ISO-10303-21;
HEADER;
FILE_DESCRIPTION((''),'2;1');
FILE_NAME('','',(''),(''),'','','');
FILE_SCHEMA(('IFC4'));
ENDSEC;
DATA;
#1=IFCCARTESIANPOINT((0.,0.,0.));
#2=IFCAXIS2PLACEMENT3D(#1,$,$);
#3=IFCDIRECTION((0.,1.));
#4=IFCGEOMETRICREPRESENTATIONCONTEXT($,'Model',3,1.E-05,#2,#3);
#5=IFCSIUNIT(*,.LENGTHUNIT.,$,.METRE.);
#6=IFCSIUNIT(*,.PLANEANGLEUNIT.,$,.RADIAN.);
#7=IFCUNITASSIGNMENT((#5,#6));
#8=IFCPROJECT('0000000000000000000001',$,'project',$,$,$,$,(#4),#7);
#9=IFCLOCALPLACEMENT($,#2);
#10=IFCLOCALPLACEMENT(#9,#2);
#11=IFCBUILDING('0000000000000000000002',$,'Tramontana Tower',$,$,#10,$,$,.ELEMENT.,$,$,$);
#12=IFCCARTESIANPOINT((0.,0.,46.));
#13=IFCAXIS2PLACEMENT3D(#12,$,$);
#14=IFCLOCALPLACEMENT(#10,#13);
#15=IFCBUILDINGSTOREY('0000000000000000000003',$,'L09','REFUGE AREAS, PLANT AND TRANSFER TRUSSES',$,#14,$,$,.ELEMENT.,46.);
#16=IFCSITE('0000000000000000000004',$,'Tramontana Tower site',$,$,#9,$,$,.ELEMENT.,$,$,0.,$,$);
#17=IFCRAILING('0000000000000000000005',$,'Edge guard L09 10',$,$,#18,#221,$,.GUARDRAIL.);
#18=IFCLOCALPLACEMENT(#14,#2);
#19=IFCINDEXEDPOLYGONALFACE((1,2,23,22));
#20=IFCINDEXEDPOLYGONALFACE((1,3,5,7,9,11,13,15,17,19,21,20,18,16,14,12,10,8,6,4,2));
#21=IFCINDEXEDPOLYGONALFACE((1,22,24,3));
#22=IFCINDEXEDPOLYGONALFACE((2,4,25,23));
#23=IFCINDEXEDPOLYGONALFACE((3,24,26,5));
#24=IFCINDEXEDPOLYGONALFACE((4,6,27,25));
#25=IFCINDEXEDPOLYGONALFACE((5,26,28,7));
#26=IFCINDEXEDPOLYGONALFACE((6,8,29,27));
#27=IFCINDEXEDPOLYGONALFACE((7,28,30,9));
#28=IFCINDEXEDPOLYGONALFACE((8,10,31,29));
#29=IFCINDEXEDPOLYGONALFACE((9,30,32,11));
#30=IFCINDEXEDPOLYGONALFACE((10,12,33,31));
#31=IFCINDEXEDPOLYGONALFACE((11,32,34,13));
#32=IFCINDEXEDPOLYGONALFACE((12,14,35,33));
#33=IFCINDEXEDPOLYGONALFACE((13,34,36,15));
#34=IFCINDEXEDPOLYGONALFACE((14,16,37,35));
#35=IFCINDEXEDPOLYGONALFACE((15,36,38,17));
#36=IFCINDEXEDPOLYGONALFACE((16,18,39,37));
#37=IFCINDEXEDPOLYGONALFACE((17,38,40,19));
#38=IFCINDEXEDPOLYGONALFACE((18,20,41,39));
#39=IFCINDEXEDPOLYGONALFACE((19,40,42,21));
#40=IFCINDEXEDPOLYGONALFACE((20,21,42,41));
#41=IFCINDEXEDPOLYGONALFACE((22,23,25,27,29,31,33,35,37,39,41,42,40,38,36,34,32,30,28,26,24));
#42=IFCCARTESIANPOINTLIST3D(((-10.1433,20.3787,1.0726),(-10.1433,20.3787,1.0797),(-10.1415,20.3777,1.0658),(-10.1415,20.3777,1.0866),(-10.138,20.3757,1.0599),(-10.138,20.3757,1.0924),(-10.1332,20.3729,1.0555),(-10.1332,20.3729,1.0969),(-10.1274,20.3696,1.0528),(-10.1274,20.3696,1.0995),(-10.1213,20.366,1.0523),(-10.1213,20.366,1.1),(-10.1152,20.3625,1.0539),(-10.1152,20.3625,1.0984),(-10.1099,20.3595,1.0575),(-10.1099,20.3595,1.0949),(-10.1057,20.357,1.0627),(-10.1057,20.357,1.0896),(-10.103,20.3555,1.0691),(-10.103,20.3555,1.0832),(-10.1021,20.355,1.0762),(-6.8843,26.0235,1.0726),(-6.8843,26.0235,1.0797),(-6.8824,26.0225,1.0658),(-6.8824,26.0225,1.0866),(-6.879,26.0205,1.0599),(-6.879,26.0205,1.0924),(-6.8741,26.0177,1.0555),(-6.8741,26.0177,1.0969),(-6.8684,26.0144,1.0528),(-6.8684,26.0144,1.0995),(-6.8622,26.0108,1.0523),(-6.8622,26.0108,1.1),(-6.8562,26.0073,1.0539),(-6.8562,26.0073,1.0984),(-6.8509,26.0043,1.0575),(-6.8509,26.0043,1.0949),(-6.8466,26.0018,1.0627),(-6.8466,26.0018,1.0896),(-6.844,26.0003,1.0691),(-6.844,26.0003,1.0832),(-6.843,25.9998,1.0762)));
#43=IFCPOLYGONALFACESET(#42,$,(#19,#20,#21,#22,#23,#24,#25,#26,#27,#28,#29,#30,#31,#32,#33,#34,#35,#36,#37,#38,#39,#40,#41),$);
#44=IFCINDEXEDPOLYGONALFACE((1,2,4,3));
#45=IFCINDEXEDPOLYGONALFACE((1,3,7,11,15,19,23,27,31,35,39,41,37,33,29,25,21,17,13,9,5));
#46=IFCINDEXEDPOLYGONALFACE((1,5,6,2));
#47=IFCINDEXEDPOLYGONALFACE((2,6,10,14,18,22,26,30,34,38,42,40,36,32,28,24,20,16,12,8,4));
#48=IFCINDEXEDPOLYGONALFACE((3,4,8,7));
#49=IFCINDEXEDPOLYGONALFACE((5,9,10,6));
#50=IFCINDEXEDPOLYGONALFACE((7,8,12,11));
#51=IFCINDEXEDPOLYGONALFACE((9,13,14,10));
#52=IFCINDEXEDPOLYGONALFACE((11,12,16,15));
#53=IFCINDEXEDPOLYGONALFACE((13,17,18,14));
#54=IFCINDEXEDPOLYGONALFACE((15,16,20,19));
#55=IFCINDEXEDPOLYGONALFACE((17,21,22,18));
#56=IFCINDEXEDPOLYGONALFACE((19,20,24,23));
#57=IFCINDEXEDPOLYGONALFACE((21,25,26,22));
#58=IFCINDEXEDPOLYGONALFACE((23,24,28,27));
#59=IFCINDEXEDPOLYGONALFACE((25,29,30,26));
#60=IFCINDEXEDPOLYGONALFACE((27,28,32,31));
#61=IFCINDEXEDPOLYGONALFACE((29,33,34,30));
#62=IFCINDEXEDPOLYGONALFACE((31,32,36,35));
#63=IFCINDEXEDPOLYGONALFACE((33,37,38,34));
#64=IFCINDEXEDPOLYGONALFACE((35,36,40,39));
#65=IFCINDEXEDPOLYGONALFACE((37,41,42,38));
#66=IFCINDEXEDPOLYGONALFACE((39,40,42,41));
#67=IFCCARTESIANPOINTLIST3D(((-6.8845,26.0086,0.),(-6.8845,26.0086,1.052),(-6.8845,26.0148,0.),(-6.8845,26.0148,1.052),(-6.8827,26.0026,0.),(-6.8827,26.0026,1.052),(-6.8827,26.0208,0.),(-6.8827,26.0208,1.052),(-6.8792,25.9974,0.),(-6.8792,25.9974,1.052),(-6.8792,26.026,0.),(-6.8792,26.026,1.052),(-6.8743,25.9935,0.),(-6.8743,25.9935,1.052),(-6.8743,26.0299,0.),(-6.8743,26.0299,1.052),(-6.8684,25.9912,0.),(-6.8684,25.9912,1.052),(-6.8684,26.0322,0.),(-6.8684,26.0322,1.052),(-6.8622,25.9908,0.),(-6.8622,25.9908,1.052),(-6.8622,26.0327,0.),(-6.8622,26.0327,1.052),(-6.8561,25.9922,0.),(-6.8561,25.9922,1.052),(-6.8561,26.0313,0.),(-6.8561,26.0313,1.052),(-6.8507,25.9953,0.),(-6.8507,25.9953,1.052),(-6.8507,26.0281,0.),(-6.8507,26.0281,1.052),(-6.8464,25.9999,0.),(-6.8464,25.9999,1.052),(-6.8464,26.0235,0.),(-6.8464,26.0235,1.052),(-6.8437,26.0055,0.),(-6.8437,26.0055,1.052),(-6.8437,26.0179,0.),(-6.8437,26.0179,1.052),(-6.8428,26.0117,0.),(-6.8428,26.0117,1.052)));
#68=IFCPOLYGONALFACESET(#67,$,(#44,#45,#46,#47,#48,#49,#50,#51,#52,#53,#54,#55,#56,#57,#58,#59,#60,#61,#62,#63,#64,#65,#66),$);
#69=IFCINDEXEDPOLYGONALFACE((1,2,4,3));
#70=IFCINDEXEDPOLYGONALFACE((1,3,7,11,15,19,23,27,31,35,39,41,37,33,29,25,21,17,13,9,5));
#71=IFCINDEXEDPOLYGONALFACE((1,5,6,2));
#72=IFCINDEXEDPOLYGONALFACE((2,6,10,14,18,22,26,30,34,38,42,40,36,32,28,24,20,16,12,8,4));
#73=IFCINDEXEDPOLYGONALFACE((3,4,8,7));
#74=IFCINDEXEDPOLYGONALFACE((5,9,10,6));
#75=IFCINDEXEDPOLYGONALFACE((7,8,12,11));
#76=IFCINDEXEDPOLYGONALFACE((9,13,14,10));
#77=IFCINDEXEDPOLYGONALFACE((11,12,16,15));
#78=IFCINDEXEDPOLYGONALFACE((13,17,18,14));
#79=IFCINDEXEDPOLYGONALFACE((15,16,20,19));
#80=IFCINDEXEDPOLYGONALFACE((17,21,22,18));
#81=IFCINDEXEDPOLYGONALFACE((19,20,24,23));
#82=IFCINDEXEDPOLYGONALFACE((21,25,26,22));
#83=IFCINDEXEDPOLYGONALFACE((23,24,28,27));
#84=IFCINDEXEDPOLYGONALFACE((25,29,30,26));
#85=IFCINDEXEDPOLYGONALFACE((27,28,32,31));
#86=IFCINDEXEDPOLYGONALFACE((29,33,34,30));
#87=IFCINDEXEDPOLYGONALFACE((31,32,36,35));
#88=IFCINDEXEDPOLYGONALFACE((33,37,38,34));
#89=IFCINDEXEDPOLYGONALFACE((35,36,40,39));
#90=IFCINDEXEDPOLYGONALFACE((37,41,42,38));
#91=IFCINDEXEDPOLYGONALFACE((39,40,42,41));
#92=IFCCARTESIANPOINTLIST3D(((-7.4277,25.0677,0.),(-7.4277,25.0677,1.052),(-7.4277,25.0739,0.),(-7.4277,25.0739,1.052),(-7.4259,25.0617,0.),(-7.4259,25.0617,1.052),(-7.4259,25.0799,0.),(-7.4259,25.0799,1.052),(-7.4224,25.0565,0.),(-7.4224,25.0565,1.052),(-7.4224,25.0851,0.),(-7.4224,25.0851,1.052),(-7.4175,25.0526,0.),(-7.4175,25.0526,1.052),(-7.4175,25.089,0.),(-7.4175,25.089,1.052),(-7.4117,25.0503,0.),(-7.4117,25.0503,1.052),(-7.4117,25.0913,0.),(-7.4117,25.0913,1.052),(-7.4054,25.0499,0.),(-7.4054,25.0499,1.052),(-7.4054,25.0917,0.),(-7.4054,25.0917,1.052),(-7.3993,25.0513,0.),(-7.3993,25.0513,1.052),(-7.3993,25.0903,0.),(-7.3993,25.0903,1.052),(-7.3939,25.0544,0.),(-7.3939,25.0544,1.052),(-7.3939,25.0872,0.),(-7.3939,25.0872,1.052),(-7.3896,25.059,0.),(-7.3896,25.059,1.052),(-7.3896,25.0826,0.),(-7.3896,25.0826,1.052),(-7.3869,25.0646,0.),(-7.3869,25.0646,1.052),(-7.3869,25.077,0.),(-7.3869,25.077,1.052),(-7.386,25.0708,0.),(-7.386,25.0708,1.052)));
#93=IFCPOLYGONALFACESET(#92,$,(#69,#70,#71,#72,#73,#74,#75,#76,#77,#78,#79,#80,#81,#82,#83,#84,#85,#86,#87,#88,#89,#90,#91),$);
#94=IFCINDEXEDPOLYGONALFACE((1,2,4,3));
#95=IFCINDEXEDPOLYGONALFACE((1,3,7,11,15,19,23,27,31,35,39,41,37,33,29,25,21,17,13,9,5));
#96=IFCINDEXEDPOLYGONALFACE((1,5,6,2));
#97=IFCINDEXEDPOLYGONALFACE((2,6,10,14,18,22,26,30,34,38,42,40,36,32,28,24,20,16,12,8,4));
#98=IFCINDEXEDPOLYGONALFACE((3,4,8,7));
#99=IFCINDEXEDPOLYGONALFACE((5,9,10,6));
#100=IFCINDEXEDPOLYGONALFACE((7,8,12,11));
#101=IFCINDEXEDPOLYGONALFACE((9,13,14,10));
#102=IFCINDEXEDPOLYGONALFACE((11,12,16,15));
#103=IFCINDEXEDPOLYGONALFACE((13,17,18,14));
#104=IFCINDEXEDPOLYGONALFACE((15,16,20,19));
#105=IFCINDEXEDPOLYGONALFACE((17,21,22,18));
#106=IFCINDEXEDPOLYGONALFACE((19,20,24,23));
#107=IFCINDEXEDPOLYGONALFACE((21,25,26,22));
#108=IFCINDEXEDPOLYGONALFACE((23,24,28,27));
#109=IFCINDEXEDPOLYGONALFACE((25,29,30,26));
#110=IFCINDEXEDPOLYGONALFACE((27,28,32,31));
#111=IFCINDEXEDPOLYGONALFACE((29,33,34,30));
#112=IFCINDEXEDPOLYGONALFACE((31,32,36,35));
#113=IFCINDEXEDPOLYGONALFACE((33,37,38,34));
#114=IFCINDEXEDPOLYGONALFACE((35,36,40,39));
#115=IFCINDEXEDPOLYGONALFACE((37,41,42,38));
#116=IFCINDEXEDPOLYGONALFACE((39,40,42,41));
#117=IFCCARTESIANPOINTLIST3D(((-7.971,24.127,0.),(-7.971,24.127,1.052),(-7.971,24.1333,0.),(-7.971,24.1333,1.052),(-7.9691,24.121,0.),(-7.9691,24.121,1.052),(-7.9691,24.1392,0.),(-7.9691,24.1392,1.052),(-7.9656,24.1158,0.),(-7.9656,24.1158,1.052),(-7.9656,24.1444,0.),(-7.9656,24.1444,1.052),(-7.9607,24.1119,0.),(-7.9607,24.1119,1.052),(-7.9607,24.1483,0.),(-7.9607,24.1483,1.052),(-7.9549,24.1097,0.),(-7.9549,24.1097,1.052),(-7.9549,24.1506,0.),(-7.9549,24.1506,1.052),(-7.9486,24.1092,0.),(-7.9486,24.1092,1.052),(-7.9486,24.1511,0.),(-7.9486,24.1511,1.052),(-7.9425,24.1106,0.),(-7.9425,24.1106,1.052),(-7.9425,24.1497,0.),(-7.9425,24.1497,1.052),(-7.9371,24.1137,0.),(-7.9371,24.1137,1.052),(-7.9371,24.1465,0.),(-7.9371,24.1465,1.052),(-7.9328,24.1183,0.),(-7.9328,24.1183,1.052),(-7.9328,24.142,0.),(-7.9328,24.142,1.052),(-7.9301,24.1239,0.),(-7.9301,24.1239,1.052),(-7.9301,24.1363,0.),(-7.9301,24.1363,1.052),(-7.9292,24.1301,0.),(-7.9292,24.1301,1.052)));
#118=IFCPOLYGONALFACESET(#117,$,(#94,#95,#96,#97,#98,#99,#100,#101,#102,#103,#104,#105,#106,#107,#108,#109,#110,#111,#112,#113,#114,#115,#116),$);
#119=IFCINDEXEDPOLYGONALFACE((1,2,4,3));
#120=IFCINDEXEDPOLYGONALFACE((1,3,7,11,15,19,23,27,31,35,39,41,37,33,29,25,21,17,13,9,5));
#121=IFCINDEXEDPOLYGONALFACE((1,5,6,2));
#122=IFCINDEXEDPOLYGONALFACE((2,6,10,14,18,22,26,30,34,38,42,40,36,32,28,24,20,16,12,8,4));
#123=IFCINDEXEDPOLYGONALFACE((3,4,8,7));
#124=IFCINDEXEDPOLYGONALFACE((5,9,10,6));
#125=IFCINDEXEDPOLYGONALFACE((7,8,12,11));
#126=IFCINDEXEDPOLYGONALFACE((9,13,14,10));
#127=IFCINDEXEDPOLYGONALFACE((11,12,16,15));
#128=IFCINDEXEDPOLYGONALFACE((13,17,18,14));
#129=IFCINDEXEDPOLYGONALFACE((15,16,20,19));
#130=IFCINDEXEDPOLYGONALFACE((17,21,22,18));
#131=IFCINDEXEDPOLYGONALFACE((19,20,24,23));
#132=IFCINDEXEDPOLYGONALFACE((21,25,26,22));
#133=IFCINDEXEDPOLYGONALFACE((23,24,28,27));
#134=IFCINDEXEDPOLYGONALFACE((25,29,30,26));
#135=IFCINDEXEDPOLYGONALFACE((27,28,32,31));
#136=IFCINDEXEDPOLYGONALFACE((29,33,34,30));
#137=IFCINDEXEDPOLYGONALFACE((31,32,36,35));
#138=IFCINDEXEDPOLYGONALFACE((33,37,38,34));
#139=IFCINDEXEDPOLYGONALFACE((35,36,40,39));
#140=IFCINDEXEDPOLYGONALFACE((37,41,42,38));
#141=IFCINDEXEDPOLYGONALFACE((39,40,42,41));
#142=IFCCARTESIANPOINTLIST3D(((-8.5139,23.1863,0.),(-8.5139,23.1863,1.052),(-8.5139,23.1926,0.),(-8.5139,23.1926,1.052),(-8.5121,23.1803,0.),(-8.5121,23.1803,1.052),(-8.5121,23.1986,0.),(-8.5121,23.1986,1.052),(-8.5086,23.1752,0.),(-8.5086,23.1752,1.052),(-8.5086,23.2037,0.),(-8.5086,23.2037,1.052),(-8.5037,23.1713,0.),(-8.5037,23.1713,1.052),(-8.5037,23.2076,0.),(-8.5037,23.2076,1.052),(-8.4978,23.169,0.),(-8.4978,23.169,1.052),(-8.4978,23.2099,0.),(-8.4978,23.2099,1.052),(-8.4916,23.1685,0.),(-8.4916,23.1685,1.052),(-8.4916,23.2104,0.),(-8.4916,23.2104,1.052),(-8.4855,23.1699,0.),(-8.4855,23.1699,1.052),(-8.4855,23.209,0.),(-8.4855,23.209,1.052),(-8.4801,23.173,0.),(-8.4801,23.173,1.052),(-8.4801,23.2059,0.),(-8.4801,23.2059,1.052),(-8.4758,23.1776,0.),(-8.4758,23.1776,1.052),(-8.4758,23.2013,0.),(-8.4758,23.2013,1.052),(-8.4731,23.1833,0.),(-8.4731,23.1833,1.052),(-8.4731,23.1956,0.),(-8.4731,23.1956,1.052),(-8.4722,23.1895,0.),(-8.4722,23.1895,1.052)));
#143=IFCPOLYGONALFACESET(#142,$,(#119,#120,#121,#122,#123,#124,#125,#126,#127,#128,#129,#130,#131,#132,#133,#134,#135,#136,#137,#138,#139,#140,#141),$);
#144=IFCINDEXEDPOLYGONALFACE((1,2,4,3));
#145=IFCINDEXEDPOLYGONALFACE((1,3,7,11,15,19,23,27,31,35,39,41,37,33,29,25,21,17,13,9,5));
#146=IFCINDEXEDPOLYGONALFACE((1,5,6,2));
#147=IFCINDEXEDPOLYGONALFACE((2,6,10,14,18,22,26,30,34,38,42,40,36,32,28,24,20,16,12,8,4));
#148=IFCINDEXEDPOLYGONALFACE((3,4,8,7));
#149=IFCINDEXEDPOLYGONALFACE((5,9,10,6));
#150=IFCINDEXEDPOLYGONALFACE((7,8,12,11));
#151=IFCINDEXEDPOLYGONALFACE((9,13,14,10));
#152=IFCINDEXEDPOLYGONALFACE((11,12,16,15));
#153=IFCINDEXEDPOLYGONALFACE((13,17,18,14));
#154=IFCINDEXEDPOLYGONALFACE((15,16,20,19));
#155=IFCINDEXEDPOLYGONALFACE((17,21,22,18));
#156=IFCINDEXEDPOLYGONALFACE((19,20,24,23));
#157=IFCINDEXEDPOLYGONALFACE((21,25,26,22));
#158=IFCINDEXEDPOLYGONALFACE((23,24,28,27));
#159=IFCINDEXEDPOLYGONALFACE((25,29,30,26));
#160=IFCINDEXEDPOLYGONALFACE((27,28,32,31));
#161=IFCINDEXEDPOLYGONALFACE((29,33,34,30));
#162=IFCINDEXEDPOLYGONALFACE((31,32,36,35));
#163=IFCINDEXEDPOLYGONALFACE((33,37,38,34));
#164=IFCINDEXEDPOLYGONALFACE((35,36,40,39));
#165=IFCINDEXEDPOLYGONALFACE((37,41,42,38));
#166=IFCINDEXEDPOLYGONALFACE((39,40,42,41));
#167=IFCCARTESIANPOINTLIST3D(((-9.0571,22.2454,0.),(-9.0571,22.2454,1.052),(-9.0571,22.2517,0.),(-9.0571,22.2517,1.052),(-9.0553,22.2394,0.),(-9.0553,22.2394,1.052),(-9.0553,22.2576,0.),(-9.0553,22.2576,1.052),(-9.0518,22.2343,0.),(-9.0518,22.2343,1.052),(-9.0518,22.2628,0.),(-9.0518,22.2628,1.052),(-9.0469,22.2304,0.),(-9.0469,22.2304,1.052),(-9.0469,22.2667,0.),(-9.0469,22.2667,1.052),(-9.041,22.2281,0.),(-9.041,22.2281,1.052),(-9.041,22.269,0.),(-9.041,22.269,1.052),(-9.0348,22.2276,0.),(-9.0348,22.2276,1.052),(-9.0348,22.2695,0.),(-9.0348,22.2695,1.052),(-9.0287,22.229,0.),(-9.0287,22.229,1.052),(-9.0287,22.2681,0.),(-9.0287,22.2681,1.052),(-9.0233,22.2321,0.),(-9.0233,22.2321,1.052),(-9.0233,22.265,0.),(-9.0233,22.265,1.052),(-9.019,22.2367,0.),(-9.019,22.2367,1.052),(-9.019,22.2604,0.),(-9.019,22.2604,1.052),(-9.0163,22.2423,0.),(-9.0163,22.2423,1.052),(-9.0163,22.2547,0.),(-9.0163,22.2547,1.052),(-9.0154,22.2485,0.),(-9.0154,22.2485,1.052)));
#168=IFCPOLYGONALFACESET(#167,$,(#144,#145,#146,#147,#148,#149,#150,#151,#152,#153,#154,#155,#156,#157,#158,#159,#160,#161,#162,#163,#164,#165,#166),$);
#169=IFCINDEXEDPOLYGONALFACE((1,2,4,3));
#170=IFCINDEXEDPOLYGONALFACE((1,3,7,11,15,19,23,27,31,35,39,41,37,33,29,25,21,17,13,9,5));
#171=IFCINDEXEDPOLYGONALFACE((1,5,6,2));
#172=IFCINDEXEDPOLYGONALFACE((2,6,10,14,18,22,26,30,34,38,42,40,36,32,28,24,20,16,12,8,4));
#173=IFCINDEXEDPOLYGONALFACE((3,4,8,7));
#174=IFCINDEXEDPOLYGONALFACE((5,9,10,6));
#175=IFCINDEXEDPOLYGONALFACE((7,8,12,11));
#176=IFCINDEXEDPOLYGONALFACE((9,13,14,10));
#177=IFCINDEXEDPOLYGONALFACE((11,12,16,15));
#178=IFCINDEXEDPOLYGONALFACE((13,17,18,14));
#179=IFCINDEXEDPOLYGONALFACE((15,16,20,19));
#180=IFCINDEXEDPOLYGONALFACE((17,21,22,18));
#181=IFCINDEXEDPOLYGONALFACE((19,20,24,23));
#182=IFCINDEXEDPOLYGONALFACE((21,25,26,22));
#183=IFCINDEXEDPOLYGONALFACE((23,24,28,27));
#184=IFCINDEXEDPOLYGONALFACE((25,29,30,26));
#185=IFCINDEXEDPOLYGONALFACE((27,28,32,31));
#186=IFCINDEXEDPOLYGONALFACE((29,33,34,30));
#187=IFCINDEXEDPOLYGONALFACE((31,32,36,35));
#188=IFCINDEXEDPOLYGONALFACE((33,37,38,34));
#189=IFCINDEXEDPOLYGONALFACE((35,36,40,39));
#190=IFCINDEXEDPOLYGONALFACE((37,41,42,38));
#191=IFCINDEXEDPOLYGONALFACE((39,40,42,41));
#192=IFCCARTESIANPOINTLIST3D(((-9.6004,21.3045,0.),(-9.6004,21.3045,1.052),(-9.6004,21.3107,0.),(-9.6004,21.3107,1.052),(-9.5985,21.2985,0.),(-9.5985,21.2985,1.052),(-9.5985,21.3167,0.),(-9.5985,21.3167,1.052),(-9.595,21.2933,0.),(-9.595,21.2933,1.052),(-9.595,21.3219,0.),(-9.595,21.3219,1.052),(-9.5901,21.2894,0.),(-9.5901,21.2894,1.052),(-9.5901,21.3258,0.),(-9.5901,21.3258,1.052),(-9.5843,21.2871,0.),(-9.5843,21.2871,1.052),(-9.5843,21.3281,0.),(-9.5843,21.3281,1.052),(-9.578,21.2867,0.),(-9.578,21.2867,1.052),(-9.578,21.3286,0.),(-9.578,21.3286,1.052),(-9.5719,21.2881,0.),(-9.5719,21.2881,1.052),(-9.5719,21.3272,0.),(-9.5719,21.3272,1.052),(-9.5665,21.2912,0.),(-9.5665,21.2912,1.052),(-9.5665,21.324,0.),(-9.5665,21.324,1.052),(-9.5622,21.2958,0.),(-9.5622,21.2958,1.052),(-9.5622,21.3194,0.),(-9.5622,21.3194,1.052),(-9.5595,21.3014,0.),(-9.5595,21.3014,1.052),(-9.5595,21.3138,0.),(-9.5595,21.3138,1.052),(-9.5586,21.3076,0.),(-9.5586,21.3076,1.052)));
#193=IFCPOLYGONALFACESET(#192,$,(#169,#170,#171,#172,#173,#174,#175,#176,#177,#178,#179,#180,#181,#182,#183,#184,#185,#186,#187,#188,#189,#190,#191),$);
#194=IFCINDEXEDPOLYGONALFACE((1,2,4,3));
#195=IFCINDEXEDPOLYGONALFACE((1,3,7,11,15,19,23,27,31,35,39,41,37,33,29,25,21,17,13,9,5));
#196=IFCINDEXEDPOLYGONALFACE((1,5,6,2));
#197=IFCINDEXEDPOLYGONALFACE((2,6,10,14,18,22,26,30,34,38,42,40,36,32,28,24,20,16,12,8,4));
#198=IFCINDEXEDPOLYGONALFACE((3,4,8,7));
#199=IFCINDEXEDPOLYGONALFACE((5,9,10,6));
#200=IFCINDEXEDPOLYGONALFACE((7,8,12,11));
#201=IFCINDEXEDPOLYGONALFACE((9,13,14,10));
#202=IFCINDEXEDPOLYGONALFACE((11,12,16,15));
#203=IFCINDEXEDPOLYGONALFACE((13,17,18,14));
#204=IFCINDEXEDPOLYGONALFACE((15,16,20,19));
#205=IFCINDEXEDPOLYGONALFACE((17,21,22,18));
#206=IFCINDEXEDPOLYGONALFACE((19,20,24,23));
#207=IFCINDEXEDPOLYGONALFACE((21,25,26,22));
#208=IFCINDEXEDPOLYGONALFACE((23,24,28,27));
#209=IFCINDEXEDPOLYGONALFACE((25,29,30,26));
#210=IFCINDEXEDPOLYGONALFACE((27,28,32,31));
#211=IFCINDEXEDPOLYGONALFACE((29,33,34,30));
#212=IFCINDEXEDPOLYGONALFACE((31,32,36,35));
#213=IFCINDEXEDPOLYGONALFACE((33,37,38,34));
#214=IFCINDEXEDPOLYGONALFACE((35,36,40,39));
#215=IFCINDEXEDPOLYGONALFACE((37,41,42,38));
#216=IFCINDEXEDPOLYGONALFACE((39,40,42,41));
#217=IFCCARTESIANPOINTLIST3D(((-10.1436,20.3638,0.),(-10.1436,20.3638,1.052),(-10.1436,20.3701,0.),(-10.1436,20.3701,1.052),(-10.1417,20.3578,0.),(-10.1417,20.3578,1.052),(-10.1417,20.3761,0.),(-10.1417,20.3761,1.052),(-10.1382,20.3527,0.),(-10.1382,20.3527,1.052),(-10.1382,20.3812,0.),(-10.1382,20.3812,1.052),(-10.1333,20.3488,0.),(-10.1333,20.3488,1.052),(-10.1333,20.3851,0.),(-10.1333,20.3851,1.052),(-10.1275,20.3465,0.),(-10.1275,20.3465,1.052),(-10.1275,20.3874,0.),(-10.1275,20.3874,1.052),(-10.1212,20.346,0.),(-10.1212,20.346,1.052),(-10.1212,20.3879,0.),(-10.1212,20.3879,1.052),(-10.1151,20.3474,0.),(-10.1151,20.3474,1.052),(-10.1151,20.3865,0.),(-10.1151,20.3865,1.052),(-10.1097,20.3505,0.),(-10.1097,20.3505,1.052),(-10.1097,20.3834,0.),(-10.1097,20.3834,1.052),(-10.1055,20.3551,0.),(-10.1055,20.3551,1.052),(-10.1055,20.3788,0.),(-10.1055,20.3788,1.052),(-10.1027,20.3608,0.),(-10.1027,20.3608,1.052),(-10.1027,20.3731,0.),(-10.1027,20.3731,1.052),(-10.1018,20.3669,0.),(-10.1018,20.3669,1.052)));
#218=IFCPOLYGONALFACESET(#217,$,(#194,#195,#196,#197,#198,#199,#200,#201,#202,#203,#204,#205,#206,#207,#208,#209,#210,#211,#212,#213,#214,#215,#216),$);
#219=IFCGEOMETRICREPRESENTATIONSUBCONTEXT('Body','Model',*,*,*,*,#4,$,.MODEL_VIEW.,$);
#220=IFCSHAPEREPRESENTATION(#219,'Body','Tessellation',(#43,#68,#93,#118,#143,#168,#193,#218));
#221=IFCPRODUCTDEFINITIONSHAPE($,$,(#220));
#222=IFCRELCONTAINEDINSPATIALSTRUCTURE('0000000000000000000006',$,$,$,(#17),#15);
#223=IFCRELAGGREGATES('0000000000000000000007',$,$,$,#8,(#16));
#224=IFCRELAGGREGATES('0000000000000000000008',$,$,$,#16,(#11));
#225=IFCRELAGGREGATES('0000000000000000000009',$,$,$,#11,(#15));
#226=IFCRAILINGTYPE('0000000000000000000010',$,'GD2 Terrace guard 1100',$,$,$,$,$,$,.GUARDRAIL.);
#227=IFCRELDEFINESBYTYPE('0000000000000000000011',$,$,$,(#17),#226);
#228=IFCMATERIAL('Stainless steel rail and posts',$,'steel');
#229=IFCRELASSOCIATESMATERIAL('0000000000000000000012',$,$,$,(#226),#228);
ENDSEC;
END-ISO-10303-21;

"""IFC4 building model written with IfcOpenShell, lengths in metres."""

from ifc_helpers import new_model, si_unit, direction, frame, origin, origin_2d, place, context, subcontext, project, spatial, circle, extrude, material, type_object, element, save


model = new_model("IFC4")

# Units and contexts
model_context = context("Model", 3, precision=1e-05, world=origin(), true_north=direction((0.0, 1.0)))
body_context = subcontext(model_context, "Body", "Model", "MODEL_VIEW")
ifc_project = project(units=[si_unit("LENGTHUNIT", "METRE"), si_unit("PLANEANGLEUNIT", "RADIAN")], contexts=[model_context])

# Site, building, storey
site_placement = place(None, origin())
site = spatial("IfcSite", under=ifc_project, at=site_placement, Name="Tramontana Tower site", CompositionType="ELEMENT", RefElevation=0.0)
building_placement = place(site_placement, origin())
building = spatial("IfcBuilding", under=site, at=building_placement, Name="Tramontana Tower", CompositionType="ELEMENT")
storey_placement = place(building_placement, frame((0.0, 0.0, 46.0)))
storey = spatial("IfcBuildingStorey", under=building, at=storey_placement, Name="L09", Description="REFUGE AREAS, PLANT AND TRANSFER TRUSSES", CompositionType="ELEMENT", Elevation=46.0)

# Railing
ifc_material_1 = material(Name="Stainless steel rail and posts", Category="steel")
railing_type = type_object("IfcRailingType", Name="GD2 Terrace guard 1100", PredefinedType="GUARDRAIL", material=ifc_material_1)
railing_1_placement = place(storey_placement, frame((-6.8638, 26.0117, 0.0)))
element("IfcRailing", 1, at=railing_1_placement, inside=storey, type_object=railing_type, Name="Edge guard L09 10", PredefinedType="GUARDRAIL", context=body_context, shape_type="SweptSolid", body=[
    extrude(circle(Radius=0.0239, at=origin_2d()), frame((0.0, 0.0, 1.0762), z_axis=(-0.500002, -0.866024, 0.0), x_axis=(0.866024, -0.500002, 0.0)), (0.0, 0.0, 1.0), 6.5181),
    extrude(circle(Radius=0.021, at=origin_2d()), origin(), (0.0, 0.0, 1.0), 1.052),
    extrude(circle(Radius=0.021, at=origin_2d()), frame((-0.5432, -0.9409, 0.0)), (0.0, 0.0, 1.0), 1.052),
    extrude(circle(Radius=0.021, at=origin_2d()), frame((-1.0864, -1.8816, 0.0)), (0.0, 0.0, 1.0), 1.052),
    extrude(circle(Radius=0.021, at=origin_2d()), frame((-1.6294, -2.8223, 0.0)), (0.0, 0.0, 1.0), 1.052),
    extrude(circle(Radius=0.021, at=origin_2d()), frame((-2.1726, -3.7632, 0.0)), (0.0, 0.0, 1.0), 1.052),
    extrude(circle(Radius=0.021, at=origin_2d()), frame((-2.7158, -4.7041, 0.0)), (0.0, 0.0, 1.0), 1.052),
    extrude(circle(Radius=0.021, at=origin_2d()), frame((-3.259, -5.6448, 0.0)), (0.0, 0.0, 1.0), 1.052),
])

save(model, "model.ifc")
